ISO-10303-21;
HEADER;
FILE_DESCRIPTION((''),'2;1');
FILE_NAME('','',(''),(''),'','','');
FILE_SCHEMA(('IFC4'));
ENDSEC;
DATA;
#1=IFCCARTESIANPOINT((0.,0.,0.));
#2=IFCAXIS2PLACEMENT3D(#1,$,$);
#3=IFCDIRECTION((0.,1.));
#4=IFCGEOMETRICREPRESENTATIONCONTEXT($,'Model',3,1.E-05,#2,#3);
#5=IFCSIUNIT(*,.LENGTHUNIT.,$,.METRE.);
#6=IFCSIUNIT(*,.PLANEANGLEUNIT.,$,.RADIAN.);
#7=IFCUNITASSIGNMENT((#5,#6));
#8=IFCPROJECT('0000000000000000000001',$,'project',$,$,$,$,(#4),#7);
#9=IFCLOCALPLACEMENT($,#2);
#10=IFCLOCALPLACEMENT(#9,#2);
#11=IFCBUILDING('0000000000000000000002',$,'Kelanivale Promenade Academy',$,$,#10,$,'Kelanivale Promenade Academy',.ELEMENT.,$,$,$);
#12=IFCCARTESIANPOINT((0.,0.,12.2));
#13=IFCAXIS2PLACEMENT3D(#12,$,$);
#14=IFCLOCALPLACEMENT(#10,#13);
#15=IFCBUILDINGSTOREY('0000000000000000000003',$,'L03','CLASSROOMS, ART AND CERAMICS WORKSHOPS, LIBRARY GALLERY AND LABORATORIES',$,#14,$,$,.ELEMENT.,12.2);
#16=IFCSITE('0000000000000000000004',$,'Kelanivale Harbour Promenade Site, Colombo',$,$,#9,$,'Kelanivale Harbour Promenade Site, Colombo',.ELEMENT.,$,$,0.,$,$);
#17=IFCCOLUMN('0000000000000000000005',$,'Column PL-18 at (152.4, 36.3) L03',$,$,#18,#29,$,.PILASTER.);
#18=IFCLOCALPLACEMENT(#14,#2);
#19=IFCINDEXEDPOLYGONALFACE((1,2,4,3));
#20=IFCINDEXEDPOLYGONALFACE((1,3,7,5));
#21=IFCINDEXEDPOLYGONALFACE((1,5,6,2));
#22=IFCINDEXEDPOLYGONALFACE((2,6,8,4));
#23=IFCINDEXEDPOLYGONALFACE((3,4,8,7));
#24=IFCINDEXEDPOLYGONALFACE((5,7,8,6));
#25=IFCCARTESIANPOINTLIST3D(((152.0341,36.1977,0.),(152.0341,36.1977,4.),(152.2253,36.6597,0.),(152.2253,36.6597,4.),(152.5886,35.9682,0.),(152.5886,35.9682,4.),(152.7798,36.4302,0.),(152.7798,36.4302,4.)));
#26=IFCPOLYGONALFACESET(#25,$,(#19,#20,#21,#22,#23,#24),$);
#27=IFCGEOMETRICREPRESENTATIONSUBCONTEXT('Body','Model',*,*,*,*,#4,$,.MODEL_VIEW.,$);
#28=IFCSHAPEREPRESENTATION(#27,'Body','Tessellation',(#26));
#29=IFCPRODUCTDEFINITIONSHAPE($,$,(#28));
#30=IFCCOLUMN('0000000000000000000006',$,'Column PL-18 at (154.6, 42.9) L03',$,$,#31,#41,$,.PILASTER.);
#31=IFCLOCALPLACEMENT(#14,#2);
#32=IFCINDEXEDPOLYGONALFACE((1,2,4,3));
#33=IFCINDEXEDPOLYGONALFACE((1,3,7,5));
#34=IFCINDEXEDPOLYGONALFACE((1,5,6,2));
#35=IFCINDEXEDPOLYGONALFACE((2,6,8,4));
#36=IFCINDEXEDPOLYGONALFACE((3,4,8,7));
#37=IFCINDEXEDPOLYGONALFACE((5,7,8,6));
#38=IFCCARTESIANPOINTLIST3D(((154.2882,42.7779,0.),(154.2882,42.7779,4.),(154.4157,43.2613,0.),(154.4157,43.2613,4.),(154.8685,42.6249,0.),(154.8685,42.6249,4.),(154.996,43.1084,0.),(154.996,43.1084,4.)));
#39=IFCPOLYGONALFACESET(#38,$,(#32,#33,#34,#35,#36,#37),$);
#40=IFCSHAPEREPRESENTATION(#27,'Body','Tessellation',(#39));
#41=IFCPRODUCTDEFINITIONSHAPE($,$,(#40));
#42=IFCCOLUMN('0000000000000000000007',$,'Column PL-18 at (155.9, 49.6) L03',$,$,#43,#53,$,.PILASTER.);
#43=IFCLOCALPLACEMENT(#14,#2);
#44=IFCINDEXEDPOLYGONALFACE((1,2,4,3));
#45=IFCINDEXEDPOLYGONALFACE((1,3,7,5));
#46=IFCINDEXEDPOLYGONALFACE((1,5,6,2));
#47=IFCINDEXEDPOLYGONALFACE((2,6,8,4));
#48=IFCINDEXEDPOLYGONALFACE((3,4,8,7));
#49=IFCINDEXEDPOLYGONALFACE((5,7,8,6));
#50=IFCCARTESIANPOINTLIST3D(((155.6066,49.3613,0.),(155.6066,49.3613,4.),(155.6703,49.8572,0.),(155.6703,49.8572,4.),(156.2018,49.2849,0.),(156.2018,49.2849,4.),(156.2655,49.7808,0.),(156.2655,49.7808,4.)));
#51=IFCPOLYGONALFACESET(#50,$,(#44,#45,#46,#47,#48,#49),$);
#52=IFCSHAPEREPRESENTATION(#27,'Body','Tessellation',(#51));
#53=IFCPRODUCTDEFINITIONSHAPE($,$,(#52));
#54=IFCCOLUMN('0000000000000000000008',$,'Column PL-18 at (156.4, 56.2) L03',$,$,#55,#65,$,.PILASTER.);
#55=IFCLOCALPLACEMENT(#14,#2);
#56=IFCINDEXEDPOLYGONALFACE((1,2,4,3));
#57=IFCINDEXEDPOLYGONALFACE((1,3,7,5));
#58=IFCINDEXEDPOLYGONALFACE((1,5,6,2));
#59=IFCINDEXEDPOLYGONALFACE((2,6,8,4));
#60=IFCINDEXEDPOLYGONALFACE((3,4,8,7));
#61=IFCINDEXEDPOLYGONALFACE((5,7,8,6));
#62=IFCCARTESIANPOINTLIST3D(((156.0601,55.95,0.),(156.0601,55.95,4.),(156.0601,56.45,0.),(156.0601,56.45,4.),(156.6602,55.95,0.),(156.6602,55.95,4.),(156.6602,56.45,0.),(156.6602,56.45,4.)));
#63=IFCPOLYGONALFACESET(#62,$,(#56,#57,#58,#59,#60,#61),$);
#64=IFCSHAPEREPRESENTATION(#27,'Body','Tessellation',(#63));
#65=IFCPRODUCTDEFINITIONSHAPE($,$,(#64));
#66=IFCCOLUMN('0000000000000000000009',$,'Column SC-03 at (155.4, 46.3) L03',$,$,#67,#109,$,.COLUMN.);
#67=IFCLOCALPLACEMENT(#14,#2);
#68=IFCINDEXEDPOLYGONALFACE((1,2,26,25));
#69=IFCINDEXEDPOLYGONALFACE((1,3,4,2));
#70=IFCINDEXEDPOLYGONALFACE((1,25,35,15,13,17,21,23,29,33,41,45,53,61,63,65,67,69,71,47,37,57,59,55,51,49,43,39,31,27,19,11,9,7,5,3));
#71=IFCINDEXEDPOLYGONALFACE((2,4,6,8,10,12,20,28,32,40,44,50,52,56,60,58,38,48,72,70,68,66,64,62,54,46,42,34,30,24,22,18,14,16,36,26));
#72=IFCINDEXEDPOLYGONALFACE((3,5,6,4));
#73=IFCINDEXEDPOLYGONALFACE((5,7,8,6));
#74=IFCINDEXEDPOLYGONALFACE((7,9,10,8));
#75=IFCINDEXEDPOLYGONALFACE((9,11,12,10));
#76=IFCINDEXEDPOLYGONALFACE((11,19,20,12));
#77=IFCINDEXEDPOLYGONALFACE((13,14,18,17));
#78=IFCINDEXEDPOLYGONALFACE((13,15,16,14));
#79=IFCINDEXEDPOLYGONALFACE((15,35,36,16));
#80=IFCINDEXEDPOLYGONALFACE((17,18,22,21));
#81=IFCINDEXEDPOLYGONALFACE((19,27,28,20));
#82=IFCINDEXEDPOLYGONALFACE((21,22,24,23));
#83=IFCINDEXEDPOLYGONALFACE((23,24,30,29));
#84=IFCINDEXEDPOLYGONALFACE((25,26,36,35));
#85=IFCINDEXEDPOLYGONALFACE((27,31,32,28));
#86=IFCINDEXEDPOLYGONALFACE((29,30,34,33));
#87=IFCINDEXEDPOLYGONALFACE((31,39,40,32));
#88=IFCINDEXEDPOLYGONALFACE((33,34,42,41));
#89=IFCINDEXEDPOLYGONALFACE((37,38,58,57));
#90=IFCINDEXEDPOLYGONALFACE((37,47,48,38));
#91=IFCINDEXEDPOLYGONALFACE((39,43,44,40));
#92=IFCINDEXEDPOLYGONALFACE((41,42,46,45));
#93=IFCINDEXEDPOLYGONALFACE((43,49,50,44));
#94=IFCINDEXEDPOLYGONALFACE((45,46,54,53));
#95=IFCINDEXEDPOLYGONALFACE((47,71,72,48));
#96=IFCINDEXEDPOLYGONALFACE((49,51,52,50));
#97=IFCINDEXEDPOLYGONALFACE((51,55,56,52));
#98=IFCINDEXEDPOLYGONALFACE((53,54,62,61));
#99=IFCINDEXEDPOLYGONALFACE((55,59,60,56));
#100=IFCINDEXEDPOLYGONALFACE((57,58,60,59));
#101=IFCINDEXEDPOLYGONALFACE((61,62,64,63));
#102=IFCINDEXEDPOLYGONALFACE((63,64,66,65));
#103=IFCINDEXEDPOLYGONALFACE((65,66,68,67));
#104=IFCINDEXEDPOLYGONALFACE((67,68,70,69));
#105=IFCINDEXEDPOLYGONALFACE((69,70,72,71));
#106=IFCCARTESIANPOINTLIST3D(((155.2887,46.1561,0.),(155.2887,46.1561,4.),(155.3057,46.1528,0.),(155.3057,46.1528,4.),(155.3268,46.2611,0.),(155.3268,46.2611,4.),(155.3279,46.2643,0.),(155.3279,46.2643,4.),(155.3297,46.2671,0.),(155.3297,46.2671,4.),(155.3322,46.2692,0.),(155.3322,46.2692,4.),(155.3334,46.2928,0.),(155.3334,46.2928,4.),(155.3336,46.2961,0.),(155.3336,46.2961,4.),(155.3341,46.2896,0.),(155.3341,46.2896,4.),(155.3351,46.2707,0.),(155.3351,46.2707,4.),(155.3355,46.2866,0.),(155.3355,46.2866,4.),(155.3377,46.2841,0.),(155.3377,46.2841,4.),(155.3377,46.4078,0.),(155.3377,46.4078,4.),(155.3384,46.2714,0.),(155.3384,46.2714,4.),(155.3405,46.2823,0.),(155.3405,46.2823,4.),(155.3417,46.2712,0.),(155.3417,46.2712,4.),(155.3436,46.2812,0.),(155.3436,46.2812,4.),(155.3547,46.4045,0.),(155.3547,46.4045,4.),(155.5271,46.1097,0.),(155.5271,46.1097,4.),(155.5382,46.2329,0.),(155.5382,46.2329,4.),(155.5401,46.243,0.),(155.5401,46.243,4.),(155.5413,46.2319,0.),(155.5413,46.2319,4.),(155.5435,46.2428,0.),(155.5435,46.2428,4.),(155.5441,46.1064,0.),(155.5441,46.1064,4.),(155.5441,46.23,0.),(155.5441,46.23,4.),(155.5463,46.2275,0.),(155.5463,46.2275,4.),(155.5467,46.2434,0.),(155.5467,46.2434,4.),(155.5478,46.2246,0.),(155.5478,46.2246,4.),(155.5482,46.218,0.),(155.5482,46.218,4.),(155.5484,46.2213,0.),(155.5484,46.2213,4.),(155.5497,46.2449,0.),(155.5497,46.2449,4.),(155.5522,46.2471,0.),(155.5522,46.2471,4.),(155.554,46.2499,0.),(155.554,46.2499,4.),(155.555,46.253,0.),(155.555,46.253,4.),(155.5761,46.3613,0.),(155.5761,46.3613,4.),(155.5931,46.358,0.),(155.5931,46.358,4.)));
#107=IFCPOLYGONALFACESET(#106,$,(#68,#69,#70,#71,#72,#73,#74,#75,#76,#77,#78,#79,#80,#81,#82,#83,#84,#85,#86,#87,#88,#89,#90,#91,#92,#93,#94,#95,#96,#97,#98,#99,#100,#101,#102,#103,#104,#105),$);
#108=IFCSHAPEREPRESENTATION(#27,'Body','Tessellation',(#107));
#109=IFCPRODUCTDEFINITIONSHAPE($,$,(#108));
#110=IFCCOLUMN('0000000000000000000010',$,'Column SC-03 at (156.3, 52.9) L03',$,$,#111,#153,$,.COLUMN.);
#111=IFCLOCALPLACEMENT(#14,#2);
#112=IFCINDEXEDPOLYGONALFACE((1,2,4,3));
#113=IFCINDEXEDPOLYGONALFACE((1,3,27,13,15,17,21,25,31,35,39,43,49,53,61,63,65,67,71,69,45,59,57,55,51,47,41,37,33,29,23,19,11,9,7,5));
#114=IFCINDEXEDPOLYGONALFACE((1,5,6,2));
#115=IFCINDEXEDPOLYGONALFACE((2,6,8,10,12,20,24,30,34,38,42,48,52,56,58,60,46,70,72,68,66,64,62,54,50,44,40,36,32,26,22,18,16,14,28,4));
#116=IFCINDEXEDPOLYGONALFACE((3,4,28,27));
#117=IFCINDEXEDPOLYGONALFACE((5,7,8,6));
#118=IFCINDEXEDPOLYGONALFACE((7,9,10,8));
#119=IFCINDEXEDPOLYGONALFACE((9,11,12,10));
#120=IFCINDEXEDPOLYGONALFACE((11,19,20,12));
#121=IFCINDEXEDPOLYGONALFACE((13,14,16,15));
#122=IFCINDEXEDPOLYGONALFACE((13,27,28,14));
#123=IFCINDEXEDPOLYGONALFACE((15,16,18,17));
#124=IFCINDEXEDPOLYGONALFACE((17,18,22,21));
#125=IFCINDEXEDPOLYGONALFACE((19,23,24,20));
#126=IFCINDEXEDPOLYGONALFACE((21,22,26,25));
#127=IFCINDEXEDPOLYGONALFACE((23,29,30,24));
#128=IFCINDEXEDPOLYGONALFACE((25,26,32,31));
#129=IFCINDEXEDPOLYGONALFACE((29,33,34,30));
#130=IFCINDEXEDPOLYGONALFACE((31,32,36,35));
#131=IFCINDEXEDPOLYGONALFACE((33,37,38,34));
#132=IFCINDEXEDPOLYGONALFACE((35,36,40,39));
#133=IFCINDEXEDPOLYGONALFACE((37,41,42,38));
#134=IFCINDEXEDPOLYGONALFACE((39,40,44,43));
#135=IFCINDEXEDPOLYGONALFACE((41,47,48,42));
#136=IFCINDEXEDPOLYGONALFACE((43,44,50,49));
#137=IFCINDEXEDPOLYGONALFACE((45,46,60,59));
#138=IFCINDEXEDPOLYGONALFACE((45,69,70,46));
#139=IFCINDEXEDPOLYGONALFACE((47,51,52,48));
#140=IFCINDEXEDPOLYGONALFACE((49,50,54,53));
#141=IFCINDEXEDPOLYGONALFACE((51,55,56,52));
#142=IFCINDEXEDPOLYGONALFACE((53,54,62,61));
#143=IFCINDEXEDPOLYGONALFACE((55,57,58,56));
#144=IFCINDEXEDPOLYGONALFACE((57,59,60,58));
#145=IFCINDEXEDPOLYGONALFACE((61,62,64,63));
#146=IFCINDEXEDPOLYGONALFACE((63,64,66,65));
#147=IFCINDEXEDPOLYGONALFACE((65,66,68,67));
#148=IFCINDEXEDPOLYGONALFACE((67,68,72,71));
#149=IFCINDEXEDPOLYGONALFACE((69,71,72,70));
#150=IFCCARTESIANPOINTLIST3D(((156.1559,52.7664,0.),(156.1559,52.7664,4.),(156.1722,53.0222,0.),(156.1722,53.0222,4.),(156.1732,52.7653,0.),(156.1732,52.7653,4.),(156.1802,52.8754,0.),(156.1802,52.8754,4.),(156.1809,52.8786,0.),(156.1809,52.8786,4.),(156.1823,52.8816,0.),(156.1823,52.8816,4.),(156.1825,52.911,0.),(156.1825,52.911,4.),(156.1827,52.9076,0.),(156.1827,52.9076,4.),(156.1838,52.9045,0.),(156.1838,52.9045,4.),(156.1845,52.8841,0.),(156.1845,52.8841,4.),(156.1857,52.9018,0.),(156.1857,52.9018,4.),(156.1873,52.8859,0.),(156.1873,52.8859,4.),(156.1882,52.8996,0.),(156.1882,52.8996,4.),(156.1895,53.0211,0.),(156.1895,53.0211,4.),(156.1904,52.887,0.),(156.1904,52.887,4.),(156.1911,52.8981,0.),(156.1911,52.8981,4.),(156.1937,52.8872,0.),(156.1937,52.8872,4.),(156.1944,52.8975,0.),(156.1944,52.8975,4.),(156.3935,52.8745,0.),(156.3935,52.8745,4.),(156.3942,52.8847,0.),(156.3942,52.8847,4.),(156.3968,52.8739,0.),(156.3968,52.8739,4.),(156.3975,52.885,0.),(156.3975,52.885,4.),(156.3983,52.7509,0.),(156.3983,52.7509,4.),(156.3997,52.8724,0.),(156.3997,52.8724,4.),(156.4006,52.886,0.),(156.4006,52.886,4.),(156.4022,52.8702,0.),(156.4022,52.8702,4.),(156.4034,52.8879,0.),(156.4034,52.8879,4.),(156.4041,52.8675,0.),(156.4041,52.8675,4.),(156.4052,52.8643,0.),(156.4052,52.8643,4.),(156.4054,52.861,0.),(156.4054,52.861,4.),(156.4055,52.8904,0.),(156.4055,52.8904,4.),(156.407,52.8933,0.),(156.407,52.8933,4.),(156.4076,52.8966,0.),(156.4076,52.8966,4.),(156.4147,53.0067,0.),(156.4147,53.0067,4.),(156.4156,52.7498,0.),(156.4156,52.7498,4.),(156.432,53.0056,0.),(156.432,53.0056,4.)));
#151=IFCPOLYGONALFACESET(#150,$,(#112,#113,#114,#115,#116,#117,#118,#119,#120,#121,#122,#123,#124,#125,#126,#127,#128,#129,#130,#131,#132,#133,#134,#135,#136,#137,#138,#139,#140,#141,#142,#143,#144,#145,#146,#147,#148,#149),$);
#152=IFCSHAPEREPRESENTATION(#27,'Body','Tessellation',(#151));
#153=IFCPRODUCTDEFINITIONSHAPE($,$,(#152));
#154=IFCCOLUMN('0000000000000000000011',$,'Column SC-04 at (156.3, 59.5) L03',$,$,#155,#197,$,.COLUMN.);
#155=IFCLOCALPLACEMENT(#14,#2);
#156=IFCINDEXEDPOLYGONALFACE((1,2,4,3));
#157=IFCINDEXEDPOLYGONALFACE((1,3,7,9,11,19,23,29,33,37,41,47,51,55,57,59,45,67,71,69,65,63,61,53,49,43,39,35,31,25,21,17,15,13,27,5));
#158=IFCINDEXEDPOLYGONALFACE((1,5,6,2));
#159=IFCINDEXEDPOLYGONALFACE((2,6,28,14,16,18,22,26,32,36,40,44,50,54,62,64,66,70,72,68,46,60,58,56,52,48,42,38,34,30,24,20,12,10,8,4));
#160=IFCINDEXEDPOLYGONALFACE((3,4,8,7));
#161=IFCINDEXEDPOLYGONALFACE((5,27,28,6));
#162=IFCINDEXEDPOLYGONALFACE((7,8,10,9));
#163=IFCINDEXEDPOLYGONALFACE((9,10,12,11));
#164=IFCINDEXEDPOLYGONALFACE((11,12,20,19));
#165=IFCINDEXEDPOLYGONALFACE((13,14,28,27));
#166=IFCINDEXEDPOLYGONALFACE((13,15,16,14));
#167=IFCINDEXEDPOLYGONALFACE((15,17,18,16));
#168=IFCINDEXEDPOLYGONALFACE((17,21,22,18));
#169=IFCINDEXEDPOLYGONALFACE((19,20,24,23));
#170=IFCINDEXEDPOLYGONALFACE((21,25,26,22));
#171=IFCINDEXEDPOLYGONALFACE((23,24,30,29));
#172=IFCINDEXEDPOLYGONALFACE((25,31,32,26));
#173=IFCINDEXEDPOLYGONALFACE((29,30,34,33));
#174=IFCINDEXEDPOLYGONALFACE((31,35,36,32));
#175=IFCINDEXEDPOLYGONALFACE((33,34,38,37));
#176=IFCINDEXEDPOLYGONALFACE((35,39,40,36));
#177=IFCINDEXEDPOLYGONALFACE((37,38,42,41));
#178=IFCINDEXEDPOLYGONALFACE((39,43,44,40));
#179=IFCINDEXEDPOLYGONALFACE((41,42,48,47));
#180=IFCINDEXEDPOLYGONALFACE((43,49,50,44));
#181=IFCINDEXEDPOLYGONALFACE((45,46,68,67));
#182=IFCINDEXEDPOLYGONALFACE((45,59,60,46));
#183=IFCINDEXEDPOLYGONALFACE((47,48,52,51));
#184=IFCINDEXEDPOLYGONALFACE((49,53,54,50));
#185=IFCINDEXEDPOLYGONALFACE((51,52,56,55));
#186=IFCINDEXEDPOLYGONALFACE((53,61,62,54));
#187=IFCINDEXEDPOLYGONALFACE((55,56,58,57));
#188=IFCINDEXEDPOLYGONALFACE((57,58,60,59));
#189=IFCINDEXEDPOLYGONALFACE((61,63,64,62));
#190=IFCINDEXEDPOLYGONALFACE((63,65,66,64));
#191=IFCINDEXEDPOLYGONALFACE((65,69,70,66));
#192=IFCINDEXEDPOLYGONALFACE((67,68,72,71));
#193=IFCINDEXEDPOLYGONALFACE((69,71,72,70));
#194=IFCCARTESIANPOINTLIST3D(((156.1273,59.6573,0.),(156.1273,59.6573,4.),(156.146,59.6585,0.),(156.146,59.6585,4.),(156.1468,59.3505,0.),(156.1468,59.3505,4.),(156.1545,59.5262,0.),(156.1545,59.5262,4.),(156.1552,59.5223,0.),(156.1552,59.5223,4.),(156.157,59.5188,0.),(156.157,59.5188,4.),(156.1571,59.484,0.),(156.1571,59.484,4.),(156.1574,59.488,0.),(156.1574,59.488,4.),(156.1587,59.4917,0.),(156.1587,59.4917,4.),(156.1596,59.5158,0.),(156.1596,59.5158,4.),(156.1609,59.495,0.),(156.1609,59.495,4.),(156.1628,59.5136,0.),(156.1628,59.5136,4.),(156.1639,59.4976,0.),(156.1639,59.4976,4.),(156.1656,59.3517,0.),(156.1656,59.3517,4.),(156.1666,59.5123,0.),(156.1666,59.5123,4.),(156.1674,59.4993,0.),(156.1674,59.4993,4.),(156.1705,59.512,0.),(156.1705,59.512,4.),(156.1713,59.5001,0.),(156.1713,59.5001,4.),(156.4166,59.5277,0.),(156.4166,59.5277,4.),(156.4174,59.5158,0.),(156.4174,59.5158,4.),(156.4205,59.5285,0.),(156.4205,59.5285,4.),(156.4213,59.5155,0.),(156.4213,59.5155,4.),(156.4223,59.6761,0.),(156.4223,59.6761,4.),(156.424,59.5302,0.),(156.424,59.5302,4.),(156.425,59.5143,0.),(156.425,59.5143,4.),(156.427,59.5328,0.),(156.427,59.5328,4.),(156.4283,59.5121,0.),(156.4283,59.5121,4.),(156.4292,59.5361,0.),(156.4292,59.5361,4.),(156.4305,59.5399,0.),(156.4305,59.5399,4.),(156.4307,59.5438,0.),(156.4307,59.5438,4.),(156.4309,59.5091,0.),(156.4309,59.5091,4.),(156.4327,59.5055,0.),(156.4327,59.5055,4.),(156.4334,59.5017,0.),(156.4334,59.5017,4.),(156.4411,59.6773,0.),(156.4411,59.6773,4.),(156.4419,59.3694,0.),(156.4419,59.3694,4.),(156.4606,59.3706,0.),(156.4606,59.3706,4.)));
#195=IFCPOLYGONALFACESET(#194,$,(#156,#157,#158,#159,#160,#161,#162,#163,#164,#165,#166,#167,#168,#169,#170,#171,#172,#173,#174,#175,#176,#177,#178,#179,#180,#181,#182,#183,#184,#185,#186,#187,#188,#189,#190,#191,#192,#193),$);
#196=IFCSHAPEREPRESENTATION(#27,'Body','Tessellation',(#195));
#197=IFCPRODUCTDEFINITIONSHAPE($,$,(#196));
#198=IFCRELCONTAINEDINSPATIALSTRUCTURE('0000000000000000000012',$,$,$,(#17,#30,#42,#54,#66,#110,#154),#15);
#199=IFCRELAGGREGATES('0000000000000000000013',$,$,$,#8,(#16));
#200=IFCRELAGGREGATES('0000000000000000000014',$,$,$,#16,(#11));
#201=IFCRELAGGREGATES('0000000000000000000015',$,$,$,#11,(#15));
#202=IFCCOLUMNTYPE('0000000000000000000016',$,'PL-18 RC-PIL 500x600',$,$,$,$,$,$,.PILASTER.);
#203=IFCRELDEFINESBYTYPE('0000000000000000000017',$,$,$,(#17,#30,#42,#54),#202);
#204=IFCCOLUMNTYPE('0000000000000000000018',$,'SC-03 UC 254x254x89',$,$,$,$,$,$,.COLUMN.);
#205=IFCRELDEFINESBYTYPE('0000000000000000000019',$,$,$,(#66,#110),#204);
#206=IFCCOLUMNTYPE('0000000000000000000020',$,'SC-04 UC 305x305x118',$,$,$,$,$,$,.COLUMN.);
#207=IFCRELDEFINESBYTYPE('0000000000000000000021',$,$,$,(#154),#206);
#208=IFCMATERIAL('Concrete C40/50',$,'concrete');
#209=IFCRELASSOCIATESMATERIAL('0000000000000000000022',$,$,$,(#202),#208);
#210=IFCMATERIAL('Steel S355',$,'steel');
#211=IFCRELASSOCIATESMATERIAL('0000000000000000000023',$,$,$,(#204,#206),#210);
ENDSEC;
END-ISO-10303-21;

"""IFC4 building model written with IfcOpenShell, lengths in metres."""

from ifc_helpers import new_model, si_unit, direction, frame, origin, origin_2d, place, context, subcontext, project, spatial, rectangle, i_section, extrude, material, material_profile, profile_set, type_object, element, save


model = new_model("IFC4")

# Units and contexts
model_context = context("Model", 3, precision=1e-05, world=origin(), true_north=direction((0.0, 1.0)))
body_context = subcontext(model_context, "Body", "Model", "MODEL_VIEW")
ifc_project = project(units=[si_unit("LENGTHUNIT", "METRE"), si_unit("PLANEANGLEUNIT", "RADIAN")], contexts=[model_context])

# Site, building, storey
site_placement = place(None, origin())
site = spatial("IfcSite", under=ifc_project, at=site_placement, Name="Kelanivale Harbour Promenade Site, Colombo", LongName="Kelanivale Harbour Promenade Site, Colombo", CompositionType="ELEMENT", RefElevation=0.0)
building_placement = place(site_placement, origin())
building = spatial("IfcBuilding", under=site, at=building_placement, Name="Kelanivale Promenade Academy", LongName="Kelanivale Promenade Academy", CompositionType="ELEMENT")
storey_placement = place(building_placement, frame((0.0, 0.0, 12.2)))
storey = spatial("IfcBuildingStorey", under=building, at=storey_placement, Name="L03", Description="CLASSROOMS, ART AND CERAMICS WORKSHOPS, LIBRARY GALLERY AND LABORATORIES", CompositionType="ELEMENT", Elevation=12.2)

# Columns
ifc_material_1 = material(Name="Concrete C40/50", Category="concrete")
ifc_material_profile_1 = material_profile(ifc_material_1, rectangle(XDim=0.5, YDim=0.6001, at=origin_2d()), Name="RC-PIL 500x600")
ifc_profile_set_1 = profile_set([ifc_material_profile_1], Name="Concrete C40/50")
column_type_1 = type_object("IfcColumnType", Name="PL-18 RC-PIL 500x600", PredefinedType="PILASTER", material=ifc_profile_set_1)
for number, where, z_axis, x_axis, name in (
    (1, (152.407, 36.314, 0.0), (0.0, 0.0, 1.0), (0.382361, 0.924013, 0.0), "Column PL-18 at (152.4, 36.3) L03"),
    (2, (154.6421, 42.9431, 0.0), (0.0, 0.0, 1.0), (0.254939, 0.966957, 0.0), "Column PL-18 at (154.6, 42.9) L03"),
    (3, (155.936, 49.571, 0.0), (0.0, 0.0, 1.0), (0.127411, 0.99185, 0.0), "Column PL-18 at (155.9, 49.6) L03"),
    (4, (156.3601, 56.2, 0.0), (0.0, 0.0, 1.0), (0.0, 1.0, 0.0), "Column PL-18 at (156.4, 56.2) L03"),
):
    element("IfcColumn", number, at=place(storey_placement, frame(where, z_axis=z_axis, x_axis=x_axis)), inside=storey, type_object=column_type_1, Name=name, PredefinedType="PILASTER", context=body_context, shape_type="SweptSolid", body=[
        extrude(rectangle(XDim=0.5, YDim=0.6001, at=origin_2d()), origin(), (0.0, 0.0, 1.0), 4.0),
    ])
ifc_material_2 = material(Name="Steel S355", Category="steel")
ifc_material_profile_2 = material_profile(ifc_material_2, i_section(OverallWidth=0.2563, OverallDepth=0.2603, WebThickness=0.0103, FlangeThickness=0.0173, FilletRadius=0.0127, at=origin_2d()), Name="UC 254x254x89")
ifc_profile_set_2 = profile_set([ifc_material_profile_2], Name="Steel S355")
column_type_2 = type_object("IfcColumnType", Name="SC-03 UC 254x254x89", PredefinedType="COLUMN", material=ifc_profile_set_2)
for number, where, z_axis, x_axis, name in (
    (5, (155.4409, 46.2571, 0.0), (0.0, 0.0, 1.0), (0.191152, 0.981561, 0.0), "Column SC-03 at (155.4, 46.3) L03"),
    (6, (156.2939, 52.886, 0.0), (0.0, 0.0, 1.0), (0.063661, 0.997972, 0.0), "Column SC-03 at (156.3, 52.9) L03"),
):
    element("IfcColumn", number, at=place(storey_placement, frame(where, z_axis=z_axis, x_axis=x_axis)), inside=storey, type_object=column_type_2, Name=name, PredefinedType="COLUMN", context=body_context, shape_type="SweptSolid", body=[
        extrude(i_section(OverallWidth=0.2563, OverallDepth=0.2603, WebThickness=0.0103, FlangeThickness=0.0173, FilletRadius=0.0127, at=origin_2d()), origin(), (0.0, 0.0, 1.0), 4.0),
    ])
ifc_material_profile_3 = material_profile(ifc_material_2, i_section(OverallWidth=0.3074, OverallDepth=0.3145, WebThickness=0.012, FlangeThickness=0.0188, FilletRadius=0.0151, at=origin_2d()), Name="UC 305x305x118")
ifc_profile_set_3 = profile_set([ifc_material_profile_3], Name="Steel S355")
column_type_3 = type_object("IfcColumnType", Name="SC-04 UC 305x305x118", PredefinedType="COLUMN", material=ifc_profile_set_3)
column_1_placement = place(storey_placement, frame((156.2939, 59.5139, 0.0), z_axis=(0.0, 0.0, 1.0), x_axis=(-0.063661, 0.997972, 0.0)))
element("IfcColumn", 7, at=column_1_placement, inside=storey, type_object=column_type_3, Name="Column SC-04 at (156.3, 59.5) L03", PredefinedType="COLUMN", context=body_context, shape_type="SweptSolid", body=[
    extrude(i_section(OverallWidth=0.3074, OverallDepth=0.3145, WebThickness=0.012, FlangeThickness=0.0188, FilletRadius=0.0151, at=origin_2d()), origin(), (0.0, 0.0, 1.0), 4.0),
])

save(model, "model.ifc")
